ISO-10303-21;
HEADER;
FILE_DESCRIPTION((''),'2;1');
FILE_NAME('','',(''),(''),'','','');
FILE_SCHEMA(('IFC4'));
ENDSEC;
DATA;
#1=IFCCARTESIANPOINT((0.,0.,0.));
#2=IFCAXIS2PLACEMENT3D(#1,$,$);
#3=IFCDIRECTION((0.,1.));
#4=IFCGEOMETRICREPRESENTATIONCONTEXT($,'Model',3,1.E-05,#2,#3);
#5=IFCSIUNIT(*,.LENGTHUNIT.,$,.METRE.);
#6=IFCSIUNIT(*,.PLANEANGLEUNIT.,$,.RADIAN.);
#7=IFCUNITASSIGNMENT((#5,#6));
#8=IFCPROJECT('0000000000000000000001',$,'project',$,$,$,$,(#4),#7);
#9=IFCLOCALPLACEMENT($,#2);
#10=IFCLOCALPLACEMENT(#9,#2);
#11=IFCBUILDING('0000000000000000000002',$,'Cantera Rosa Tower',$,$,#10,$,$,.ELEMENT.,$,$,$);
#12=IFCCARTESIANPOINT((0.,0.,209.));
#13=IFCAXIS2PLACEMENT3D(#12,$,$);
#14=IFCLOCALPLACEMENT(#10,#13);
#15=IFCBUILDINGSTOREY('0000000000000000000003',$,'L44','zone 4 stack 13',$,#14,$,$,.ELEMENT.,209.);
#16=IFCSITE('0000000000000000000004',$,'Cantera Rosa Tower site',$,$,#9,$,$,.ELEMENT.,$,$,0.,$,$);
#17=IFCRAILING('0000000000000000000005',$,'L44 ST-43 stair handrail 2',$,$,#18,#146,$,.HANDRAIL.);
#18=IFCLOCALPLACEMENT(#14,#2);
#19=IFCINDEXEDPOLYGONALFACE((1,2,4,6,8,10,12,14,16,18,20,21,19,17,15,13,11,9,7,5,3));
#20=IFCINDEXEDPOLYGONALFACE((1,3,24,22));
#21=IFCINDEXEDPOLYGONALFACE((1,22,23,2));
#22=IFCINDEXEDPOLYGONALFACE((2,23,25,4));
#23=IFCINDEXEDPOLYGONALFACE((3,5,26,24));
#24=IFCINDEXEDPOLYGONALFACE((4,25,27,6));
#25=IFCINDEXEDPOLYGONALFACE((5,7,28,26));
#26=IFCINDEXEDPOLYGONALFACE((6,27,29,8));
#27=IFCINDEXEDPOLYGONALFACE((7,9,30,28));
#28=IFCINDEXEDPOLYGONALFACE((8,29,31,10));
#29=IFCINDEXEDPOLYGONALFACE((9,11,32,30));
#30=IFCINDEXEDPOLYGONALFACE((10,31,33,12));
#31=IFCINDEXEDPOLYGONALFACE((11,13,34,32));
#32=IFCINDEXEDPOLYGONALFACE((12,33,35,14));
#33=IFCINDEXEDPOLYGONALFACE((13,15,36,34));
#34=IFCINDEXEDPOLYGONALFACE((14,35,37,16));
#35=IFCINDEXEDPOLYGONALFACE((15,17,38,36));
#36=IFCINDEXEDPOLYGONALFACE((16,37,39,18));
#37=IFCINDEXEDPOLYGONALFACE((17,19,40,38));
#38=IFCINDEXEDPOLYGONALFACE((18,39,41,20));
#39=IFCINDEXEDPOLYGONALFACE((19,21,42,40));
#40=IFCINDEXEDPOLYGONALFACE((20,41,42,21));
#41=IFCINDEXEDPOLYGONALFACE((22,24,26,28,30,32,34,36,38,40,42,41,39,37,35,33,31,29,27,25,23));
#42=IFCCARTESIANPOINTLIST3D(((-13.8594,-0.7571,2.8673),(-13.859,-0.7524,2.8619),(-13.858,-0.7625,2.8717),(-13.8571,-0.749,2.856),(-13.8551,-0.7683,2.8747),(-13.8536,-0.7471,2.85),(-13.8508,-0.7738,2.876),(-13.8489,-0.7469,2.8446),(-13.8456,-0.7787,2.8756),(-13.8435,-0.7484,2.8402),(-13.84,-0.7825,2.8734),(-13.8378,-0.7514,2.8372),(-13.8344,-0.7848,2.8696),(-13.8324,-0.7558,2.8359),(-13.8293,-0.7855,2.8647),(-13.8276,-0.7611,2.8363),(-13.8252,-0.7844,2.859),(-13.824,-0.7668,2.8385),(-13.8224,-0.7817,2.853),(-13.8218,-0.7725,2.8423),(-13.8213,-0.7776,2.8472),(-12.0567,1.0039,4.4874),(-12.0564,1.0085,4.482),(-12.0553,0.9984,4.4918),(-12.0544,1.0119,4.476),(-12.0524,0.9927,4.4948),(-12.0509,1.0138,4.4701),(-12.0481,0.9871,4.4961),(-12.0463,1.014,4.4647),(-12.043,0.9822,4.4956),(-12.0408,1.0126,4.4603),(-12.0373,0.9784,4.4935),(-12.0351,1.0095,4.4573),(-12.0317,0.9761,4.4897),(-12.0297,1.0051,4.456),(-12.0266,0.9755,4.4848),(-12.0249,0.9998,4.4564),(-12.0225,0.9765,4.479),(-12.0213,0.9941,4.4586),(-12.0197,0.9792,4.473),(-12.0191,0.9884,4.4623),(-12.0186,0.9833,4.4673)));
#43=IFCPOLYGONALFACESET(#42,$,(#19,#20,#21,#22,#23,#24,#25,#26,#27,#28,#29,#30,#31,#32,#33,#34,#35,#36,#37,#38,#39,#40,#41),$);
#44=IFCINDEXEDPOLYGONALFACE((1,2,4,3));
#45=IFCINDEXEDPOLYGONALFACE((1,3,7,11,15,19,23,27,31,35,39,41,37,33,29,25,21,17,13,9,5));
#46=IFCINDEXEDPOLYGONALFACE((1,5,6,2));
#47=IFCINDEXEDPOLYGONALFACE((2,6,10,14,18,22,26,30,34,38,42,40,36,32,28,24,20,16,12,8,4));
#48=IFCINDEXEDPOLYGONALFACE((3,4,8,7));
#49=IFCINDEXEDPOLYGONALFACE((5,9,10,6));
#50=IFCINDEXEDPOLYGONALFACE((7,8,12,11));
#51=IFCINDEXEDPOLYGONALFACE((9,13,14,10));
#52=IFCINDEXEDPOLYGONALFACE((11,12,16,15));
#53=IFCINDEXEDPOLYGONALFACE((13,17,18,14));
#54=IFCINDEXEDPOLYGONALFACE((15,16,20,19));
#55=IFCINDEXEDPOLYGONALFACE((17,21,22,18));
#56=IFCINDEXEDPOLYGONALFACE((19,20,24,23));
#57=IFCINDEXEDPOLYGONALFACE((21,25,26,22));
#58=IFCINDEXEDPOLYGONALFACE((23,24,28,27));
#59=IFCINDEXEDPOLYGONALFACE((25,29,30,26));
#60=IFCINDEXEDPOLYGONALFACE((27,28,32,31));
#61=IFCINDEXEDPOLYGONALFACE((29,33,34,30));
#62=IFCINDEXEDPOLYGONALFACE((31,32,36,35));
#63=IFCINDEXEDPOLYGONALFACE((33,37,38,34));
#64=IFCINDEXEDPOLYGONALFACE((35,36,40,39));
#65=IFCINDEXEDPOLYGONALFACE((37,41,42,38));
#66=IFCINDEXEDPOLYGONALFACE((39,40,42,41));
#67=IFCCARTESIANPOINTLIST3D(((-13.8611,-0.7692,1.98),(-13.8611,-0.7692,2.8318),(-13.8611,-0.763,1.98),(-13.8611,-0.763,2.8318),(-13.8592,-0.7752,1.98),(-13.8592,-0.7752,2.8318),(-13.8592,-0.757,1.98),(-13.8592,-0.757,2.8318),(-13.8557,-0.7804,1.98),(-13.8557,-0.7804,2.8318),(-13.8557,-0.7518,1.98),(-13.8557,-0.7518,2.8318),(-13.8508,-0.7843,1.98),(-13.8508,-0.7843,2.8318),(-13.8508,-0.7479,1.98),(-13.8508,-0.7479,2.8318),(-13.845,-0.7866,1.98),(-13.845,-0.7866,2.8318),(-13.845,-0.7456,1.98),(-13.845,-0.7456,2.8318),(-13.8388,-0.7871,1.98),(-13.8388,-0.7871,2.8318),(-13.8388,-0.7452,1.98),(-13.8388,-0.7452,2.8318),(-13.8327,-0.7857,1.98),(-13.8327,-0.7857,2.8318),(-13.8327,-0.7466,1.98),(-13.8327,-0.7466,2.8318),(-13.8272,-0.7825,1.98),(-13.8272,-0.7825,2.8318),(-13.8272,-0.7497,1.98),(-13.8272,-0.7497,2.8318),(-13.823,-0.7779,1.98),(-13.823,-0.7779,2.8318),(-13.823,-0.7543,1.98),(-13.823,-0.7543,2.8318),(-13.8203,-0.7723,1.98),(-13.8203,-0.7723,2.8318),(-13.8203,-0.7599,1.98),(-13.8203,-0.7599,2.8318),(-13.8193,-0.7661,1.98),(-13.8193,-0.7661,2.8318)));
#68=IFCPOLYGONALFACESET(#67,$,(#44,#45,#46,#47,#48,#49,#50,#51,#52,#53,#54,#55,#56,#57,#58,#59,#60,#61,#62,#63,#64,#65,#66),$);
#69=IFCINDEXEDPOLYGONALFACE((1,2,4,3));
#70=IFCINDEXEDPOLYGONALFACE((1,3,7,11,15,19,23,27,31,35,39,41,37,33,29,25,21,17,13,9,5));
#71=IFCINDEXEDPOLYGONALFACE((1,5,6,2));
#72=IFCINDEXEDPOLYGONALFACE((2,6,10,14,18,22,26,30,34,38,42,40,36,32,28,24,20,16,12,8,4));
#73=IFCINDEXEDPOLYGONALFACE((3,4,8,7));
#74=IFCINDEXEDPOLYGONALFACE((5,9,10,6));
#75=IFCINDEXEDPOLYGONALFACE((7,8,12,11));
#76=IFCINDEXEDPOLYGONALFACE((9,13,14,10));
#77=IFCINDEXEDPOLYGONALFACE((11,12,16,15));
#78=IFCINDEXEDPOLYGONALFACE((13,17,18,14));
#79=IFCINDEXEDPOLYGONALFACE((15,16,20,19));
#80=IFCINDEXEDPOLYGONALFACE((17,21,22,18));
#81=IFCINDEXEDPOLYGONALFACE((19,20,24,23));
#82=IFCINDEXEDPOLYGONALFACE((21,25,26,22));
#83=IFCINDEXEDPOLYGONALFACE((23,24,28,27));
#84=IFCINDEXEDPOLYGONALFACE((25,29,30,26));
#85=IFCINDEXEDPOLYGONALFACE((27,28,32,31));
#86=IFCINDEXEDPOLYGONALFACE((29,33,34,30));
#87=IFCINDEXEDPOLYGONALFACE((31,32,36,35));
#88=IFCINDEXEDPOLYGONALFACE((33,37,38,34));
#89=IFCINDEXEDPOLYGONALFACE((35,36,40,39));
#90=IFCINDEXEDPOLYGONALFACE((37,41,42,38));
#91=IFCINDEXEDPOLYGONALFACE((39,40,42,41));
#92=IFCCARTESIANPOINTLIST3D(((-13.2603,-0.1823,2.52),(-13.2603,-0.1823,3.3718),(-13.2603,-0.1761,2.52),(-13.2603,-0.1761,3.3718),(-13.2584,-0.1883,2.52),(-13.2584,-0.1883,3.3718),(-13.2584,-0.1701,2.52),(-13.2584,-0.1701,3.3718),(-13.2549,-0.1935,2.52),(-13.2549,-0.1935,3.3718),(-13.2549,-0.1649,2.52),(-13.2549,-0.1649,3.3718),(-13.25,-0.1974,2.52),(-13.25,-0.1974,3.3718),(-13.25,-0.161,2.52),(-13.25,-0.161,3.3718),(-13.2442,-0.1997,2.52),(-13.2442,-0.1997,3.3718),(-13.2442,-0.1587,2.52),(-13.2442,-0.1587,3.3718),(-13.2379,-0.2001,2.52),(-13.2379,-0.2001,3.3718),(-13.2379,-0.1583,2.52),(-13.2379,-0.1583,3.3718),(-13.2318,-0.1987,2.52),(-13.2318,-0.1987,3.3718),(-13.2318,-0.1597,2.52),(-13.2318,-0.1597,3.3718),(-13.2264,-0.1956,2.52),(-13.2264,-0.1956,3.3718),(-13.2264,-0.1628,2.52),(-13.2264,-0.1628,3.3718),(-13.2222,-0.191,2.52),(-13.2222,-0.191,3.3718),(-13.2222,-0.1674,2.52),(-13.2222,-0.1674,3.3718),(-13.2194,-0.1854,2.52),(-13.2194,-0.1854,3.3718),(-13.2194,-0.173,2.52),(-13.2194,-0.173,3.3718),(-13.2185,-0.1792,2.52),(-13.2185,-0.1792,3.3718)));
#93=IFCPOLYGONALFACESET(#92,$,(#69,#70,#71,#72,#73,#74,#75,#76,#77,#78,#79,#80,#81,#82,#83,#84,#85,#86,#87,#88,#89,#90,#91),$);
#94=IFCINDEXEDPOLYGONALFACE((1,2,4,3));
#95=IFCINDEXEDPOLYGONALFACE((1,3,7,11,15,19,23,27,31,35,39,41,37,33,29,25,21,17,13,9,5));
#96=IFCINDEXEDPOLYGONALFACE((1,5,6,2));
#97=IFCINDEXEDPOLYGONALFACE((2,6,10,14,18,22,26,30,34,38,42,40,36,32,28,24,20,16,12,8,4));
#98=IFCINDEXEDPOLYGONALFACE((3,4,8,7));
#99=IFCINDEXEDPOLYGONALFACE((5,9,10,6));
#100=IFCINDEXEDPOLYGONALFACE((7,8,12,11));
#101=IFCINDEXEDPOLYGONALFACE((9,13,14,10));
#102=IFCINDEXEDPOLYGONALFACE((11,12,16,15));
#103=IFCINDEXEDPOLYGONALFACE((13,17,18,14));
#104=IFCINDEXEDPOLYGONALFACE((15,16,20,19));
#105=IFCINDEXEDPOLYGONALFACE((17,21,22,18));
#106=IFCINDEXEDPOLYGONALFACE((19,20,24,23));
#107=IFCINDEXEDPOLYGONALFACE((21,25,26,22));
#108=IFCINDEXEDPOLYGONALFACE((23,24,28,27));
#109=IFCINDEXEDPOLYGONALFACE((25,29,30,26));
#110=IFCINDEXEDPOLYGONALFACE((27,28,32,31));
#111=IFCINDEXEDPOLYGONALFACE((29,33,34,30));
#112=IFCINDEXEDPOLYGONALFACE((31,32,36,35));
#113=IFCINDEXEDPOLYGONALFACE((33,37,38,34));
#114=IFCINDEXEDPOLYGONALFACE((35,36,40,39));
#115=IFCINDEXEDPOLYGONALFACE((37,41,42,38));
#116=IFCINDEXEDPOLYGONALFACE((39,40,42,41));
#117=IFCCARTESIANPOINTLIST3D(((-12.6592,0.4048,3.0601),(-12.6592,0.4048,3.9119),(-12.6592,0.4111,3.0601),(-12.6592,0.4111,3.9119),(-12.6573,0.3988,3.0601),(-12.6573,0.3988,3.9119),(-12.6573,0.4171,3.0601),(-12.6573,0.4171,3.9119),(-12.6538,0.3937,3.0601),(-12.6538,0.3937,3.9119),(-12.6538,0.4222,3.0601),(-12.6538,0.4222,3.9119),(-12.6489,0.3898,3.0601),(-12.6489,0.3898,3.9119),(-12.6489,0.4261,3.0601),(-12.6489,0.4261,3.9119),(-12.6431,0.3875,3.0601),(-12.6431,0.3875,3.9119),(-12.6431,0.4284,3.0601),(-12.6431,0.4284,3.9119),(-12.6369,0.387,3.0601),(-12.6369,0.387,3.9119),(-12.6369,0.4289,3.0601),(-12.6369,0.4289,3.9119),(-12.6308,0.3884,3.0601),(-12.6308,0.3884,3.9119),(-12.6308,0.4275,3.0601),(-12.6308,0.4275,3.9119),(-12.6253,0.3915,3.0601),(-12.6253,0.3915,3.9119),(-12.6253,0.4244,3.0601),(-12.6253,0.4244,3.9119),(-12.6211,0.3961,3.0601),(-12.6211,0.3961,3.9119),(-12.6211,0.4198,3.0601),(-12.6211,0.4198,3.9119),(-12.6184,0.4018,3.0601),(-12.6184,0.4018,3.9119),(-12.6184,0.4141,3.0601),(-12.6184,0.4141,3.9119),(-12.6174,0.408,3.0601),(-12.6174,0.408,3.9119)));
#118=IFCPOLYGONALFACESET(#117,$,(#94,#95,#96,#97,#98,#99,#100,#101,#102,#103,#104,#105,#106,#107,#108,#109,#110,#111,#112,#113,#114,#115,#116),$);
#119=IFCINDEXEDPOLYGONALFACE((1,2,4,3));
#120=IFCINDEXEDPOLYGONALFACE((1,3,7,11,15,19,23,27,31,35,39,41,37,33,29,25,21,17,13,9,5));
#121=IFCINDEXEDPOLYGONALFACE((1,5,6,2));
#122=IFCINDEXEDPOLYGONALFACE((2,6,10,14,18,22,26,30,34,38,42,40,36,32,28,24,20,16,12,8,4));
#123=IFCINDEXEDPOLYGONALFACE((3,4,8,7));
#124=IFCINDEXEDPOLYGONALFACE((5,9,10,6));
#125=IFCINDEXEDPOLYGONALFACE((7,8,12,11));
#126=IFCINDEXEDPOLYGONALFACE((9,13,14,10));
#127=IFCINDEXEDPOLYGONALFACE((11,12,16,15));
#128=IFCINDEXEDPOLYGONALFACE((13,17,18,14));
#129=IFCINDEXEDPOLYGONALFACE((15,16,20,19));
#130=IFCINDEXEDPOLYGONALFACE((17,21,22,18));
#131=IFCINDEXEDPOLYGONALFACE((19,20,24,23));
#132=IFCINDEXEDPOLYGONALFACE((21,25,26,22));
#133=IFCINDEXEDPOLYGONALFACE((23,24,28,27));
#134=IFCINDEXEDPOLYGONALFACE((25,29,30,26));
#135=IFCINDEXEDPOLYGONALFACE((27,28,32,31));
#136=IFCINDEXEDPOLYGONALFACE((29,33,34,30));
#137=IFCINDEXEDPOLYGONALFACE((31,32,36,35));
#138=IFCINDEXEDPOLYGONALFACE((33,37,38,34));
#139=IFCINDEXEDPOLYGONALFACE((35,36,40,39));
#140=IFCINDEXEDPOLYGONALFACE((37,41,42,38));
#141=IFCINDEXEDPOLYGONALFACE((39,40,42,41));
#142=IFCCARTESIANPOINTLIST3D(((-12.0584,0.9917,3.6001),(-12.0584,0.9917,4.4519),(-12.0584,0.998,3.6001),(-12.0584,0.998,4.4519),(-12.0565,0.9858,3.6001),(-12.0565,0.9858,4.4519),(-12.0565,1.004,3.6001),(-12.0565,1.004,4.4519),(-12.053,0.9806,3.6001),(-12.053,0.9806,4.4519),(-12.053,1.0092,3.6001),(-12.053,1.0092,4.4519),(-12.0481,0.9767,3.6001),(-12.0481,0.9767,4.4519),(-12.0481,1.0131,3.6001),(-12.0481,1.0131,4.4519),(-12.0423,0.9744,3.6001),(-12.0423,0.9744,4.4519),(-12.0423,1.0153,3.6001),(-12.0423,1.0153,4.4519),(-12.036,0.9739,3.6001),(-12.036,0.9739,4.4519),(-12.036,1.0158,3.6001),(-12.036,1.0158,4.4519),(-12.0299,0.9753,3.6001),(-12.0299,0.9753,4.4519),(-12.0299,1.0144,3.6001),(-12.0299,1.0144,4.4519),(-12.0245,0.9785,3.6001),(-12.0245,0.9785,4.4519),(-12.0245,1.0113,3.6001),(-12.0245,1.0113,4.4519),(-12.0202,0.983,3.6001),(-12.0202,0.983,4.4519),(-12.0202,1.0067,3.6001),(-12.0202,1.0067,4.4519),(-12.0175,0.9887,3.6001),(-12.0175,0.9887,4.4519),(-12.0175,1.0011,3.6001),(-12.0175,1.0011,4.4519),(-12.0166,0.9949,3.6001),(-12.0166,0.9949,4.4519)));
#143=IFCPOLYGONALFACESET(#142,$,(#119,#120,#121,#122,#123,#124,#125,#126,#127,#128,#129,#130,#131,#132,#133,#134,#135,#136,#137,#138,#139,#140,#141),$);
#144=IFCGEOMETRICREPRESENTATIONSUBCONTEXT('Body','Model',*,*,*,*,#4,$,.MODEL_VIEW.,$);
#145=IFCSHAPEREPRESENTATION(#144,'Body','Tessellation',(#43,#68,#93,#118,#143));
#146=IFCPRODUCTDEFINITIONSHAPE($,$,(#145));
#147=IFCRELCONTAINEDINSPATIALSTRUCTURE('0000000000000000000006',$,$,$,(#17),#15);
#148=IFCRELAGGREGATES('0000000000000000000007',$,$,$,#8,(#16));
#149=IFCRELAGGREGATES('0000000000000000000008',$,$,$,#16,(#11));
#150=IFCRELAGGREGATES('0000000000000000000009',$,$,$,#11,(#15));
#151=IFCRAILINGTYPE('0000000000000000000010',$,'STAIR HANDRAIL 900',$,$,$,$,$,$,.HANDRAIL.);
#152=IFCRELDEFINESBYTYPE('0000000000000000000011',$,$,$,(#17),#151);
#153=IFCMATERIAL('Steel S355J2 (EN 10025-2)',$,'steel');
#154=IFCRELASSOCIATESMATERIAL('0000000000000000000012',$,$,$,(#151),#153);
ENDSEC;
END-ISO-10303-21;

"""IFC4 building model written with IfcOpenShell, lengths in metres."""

from ifc_helpers import new_model, si_unit, direction, frame, origin, origin_2d, place, context, subcontext, project, spatial, circle, extrude, material, type_object, element, save


model = new_model("IFC4")

# Units and contexts
model_context = context("Model", 3, precision=1e-05, world=origin(), true_north=direction((0.0, 1.0)))
body_context = subcontext(model_context, "Body", "Model", "MODEL_VIEW")
ifc_project = project(units=[si_unit("LENGTHUNIT", "METRE"), si_unit("PLANEANGLEUNIT", "RADIAN")], contexts=[model_context])

# Site, building, storey
site_placement = place(None, origin())
site = spatial("IfcSite", under=ifc_project, at=site_placement, Name="Cantera Rosa Tower site", CompositionType="ELEMENT", RefElevation=0.0)
building_placement = place(site_placement, origin())
building = spatial("IfcBuilding", under=site, at=building_placement, Name="Cantera Rosa Tower", CompositionType="ELEMENT")
storey_placement = place(building_placement, frame((0.0, 0.0, 209.0)))
storey = spatial("IfcBuildingStorey", under=building, at=storey_placement, Name="L44", Description="zone 4 stack 13", CompositionType="ELEMENT", Elevation=209.0)

# Railing
ifc_material_1 = material(Name="Steel S355J2 (EN 10025-2)", Category="steel")
railing_type_1 = type_object("IfcRailingType", Name="STAIR HANDRAIL 900", PredefinedType="HANDRAIL", material=ifc_material_1)
railing_1_placement = place(storey_placement, frame((-13.8403, -0.7661, 1.98)))
element("IfcRailing", 1, at=railing_1_placement, inside=storey, type_object=railing_type_1, Name="L44 ST-43 stair handrail 2", PredefinedType="HANDRAIL", context=body_context, shape_type="SweptSolid", body=[
    extrude(circle(Radius=0.0239, at=origin_2d()), frame((0.0, 0.0, 0.876), z_axis=(0.601724, 0.587789, 0.540769), x_axis=(-0.698775, 0.715341, 0.0)), (0.0, 0.0, 1.0), 2.9958),
    extrude(circle(Radius=0.021, at=origin_2d()), origin(), (0.0, 0.0, 1.0), 0.8518),
    extrude(circle(Radius=0.021, at=origin_2d()), frame((0.6008, 0.5869, 0.54)), (0.0, 0.0, 1.0), 0.8518),
    extrude(circle(Radius=0.021, at=origin_2d()), frame((1.2019, 1.1741, 1.0801)), (0.0, 0.0, 1.0), 0.8518),
    extrude(circle(Radius=0.021, at=origin_2d()), frame((1.8027, 1.761, 1.6201)), (0.0, 0.0, 1.0), 0.8518),
])

save(model, "model.ifc")
